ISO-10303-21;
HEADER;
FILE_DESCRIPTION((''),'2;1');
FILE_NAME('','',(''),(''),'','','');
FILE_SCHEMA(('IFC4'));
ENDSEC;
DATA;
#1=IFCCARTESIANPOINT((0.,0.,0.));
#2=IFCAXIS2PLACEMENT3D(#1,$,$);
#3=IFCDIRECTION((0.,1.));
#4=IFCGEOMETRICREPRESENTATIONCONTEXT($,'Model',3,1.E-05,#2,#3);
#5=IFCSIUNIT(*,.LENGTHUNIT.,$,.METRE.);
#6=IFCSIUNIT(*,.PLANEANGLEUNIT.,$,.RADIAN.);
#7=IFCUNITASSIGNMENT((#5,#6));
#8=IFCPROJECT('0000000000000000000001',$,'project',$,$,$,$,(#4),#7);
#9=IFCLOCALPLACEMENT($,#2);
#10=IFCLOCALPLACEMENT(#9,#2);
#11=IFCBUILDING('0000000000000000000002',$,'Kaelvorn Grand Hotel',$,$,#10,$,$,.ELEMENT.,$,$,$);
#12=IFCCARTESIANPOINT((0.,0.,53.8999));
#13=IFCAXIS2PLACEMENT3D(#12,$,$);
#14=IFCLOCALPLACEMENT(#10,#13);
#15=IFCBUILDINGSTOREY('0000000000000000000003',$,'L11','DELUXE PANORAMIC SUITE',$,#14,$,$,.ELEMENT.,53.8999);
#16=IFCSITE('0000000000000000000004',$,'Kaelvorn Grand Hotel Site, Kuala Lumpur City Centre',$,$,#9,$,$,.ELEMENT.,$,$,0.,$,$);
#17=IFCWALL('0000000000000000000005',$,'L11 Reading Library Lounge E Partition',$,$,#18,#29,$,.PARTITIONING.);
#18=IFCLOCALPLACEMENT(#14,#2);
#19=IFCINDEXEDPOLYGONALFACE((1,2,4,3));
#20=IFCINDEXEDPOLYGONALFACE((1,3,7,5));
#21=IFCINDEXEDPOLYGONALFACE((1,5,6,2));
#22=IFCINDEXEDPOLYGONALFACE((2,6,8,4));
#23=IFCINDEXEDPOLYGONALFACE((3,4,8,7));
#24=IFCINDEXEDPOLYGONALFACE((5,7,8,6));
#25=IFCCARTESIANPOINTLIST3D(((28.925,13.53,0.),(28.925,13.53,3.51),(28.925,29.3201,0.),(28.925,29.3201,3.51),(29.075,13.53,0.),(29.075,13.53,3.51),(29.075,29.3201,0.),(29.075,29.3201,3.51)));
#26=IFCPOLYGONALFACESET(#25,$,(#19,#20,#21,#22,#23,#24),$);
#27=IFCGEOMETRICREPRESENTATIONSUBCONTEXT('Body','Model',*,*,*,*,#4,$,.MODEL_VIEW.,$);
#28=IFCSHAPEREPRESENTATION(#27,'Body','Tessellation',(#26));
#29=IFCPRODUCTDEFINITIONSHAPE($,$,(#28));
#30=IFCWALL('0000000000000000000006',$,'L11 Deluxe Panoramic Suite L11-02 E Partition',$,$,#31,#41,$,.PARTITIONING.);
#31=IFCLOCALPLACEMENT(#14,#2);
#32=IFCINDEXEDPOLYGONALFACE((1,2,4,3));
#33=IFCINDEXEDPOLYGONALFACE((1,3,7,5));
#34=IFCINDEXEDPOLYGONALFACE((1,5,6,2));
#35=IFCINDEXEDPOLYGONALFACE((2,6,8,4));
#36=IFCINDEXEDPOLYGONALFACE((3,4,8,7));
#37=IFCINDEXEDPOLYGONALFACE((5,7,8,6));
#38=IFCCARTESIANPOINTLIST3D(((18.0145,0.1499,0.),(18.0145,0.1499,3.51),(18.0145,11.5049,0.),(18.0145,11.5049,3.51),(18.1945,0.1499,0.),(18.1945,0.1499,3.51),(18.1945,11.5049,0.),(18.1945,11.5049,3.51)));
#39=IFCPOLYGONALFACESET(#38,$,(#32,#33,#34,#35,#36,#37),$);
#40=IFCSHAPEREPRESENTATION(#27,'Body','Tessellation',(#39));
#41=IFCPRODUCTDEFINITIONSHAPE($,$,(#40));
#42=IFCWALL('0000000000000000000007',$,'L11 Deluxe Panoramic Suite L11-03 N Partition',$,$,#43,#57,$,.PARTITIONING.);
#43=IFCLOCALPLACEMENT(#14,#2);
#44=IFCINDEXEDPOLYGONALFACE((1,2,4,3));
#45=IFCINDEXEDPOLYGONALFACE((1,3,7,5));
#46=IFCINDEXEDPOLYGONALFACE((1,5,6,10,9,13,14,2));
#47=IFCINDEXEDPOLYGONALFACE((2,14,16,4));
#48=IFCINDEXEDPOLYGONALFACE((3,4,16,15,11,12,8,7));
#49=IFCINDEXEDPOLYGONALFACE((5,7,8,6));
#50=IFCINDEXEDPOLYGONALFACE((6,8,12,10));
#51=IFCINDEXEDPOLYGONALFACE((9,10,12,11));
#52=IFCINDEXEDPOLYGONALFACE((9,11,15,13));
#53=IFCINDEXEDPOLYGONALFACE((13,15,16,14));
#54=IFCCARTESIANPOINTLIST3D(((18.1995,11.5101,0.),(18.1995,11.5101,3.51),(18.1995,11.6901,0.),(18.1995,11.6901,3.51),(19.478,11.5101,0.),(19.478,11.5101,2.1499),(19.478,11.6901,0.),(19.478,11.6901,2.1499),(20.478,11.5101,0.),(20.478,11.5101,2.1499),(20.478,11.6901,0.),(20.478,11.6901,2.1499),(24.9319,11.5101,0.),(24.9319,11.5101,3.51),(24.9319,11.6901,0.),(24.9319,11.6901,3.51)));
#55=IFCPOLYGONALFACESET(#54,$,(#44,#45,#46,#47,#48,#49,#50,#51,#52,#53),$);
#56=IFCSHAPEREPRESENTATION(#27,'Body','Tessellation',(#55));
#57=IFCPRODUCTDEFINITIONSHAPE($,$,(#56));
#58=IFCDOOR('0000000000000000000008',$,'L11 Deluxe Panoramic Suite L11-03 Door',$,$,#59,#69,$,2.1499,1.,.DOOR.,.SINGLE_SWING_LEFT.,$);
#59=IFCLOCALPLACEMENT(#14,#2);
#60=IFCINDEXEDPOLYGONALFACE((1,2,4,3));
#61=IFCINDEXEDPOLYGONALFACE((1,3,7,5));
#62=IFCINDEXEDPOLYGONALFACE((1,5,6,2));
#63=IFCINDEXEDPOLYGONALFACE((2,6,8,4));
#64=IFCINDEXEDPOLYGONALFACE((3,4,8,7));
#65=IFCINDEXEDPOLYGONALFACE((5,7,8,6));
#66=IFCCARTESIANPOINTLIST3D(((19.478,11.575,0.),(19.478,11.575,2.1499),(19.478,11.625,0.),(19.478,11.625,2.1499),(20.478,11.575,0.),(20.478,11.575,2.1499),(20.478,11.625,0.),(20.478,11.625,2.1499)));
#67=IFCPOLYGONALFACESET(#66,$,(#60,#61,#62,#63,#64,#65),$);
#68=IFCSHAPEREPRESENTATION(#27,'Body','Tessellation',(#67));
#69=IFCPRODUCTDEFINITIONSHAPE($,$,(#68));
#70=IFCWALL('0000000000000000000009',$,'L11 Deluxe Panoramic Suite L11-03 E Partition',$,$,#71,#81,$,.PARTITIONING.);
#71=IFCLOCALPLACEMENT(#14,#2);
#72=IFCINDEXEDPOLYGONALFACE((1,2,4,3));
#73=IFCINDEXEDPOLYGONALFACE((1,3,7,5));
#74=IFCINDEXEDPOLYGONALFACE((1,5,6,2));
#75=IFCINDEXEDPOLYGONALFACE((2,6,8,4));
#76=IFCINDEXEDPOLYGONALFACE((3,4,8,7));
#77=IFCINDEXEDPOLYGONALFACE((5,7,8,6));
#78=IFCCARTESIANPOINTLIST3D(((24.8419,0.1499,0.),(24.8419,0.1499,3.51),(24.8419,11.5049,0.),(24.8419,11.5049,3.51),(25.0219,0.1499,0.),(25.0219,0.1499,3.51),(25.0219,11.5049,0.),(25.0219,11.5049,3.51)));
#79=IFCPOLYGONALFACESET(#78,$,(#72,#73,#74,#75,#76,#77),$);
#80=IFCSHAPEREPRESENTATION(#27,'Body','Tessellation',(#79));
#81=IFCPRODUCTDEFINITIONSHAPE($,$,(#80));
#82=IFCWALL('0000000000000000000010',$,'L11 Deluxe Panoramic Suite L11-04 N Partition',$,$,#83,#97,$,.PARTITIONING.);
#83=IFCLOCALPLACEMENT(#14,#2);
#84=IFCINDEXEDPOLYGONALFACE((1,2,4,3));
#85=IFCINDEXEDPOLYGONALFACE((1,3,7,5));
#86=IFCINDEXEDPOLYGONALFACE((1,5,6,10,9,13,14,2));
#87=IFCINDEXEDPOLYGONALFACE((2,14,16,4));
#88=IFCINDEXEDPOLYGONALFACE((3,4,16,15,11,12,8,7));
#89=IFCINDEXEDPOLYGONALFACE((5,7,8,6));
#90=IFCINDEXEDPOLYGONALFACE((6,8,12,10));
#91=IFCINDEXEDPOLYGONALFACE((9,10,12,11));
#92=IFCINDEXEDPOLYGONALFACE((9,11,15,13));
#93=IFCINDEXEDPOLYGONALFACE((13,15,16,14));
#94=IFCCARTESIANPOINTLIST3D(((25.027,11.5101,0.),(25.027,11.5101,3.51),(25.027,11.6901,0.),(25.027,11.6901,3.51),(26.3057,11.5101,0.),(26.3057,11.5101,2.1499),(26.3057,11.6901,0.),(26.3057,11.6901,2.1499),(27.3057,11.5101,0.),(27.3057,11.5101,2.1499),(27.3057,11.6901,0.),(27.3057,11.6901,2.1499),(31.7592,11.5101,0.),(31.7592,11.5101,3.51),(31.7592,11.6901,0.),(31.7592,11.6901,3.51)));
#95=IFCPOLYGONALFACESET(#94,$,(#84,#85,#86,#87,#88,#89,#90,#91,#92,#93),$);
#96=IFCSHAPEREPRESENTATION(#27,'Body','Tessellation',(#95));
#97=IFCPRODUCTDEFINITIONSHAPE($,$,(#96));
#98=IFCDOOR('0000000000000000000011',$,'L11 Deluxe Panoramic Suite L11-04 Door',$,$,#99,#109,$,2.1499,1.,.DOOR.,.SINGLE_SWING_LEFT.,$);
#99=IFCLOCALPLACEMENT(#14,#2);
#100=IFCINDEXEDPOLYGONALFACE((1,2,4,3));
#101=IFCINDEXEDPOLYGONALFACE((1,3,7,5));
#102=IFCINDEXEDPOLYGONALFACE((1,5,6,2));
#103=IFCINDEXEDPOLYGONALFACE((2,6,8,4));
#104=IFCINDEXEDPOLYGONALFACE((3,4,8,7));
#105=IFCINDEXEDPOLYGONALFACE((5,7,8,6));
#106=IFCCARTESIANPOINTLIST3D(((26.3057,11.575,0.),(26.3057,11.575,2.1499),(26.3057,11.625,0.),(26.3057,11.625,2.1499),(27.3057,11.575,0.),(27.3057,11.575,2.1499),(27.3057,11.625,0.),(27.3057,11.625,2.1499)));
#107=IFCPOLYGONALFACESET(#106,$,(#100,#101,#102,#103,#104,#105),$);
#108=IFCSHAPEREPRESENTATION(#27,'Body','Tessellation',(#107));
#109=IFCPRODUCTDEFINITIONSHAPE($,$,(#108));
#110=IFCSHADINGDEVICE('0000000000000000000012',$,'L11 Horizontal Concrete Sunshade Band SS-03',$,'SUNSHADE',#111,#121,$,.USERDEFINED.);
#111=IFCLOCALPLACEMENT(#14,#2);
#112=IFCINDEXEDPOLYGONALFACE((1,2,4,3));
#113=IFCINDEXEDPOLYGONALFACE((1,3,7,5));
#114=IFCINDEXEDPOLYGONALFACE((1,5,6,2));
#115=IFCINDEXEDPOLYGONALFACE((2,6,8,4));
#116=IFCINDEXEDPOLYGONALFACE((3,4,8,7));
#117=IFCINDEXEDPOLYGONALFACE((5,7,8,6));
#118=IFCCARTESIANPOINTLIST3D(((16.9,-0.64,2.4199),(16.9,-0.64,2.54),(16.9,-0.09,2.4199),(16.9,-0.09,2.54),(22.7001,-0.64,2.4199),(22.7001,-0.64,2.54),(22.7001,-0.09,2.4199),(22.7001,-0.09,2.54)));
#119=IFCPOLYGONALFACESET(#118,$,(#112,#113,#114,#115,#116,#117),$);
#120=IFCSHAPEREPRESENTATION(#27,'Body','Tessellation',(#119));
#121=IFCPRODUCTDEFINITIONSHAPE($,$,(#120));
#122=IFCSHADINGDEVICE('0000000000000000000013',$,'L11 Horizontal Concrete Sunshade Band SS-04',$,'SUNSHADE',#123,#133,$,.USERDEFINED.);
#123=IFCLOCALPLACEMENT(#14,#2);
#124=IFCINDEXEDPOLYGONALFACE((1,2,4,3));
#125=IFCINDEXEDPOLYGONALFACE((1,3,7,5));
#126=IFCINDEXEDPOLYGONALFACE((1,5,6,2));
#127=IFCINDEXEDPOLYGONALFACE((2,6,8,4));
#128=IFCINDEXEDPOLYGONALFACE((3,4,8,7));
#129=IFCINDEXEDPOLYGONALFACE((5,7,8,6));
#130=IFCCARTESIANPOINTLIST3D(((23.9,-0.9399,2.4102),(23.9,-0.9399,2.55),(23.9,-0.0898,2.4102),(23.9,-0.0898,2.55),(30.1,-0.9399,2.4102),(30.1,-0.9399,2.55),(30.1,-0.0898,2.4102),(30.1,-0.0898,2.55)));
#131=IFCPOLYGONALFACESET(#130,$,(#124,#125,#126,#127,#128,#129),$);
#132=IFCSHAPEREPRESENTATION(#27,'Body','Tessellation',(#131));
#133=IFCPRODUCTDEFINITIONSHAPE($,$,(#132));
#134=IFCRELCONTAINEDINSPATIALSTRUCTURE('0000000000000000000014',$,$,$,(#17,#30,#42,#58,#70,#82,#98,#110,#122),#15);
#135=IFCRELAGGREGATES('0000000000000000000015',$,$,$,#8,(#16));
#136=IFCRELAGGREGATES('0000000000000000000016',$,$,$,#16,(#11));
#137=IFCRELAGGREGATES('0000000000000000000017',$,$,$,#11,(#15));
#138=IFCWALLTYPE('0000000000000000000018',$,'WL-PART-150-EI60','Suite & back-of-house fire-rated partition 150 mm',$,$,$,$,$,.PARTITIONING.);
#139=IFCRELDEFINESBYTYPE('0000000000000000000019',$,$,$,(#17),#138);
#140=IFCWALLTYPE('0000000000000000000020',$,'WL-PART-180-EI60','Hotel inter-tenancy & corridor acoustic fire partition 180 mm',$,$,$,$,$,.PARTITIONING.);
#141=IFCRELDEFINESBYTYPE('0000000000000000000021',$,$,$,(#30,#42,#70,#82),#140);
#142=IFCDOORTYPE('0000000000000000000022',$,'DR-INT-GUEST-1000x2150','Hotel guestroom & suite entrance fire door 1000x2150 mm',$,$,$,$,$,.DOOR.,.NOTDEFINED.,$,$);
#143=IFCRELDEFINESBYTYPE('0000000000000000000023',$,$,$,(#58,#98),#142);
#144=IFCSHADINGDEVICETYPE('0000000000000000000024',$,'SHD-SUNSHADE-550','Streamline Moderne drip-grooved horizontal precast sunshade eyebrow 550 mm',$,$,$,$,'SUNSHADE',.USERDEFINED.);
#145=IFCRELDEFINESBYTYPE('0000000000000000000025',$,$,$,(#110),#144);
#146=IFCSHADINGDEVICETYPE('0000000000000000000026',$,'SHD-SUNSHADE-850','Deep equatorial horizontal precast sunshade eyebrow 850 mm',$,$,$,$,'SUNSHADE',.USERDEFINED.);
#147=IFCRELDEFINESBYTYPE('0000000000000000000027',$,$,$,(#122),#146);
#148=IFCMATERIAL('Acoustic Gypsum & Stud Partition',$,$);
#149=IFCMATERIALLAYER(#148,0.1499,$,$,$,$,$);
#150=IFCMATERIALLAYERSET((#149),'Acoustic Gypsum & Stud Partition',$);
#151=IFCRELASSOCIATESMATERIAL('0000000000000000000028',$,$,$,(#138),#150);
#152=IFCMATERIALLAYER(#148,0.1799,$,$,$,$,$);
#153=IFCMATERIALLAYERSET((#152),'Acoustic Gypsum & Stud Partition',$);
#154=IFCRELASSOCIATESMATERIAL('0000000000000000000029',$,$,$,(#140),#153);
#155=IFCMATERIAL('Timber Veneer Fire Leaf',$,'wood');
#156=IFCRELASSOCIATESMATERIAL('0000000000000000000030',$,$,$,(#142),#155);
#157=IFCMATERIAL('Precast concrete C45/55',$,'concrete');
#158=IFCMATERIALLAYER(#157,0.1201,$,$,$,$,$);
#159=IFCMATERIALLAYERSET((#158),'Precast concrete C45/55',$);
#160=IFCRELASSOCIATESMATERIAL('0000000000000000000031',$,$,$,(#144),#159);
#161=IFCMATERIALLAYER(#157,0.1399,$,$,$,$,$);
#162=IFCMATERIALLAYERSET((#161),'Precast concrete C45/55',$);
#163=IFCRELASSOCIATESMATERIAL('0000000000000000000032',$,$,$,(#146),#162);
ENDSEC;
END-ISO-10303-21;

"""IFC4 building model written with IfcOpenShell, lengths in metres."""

from ifc_helpers import new_model, si_unit, direction, frame, frame_2d, origin, origin_2d, place, context, subcontext, project, spatial, rectangle, extrude, material, layer, layer_set, type_object, element, fill, save


model = new_model("IFC4")

# Units and contexts
model_context = context("Model", 3, precision=1e-05, world=origin(), true_north=direction((0.0, 1.0)))
body_context = subcontext(model_context, "Body", "Model", "MODEL_VIEW")
ifc_project = project(units=[si_unit("LENGTHUNIT", "METRE"), si_unit("PLANEANGLEUNIT", "RADIAN")], contexts=[model_context])

# Site, building, storey
site_placement = place(None, origin())
site = spatial("IfcSite", under=ifc_project, at=site_placement, Name="Kaelvorn Grand Hotel Site, Kuala Lumpur City Centre", CompositionType="ELEMENT", RefElevation=0.0)
building_placement = place(site_placement, origin())
building = spatial("IfcBuilding", under=site, at=building_placement, Name="Kaelvorn Grand Hotel", CompositionType="ELEMENT")
storey_placement = place(building_placement, frame((0.0, 0.0, 53.8999)))
storey = spatial("IfcBuildingStorey", under=building, at=storey_placement, Name="L11", Description="DELUXE PANORAMIC SUITE", CompositionType="ELEMENT", Elevation=53.8999)

# Walls
ifc_material_1 = material(Name="Acoustic Gypsum & Stud Partition")
ifc_layer_1 = layer(ifc_material_1, 0.1499)
ifc_layer_set_1 = layer_set([ifc_layer_1], Name="Acoustic Gypsum & Stud Partition")
wall_type_1 = type_object("IfcWallType", Name="WL-PART-150-EI60", Description="Suite & back-of-house fire-rated partition 150 mm", PredefinedType="PARTITIONING", material=ifc_layer_set_1)
wall_1_placement = place(storey_placement, frame((29.0, 13.53, 0.0), z_axis=(0.0, 0.0, 1.0), x_axis=(0.0, 1.0, 0.0)))
element("IfcWall", 1, at=wall_1_placement, inside=storey, type_object=wall_type_1, Name="L11 Reading Library Lounge E Partition", PredefinedType="PARTITIONING", context=body_context, shape_type="SweptSolid", body=[
    extrude(rectangle(XDim=15.79, YDim=0.1499, at=frame_2d((7.895, 0.0))), origin(), (0.0, 0.0, 1.0), 3.51),
])
ifc_layer_2 = layer(ifc_material_1, 0.1799)
ifc_layer_set_2 = layer_set([ifc_layer_2], Name="Acoustic Gypsum & Stud Partition")
wall_type_2 = type_object("IfcWallType", Name="WL-PART-180-EI60", Description="Hotel inter-tenancy & corridor acoustic fire partition 180 mm", PredefinedType="PARTITIONING", material=ifc_layer_set_2)
wall_2_placement = place(storey_placement, frame((18.1045, 0.1499, 0.0), z_axis=(0.0, 0.0, 1.0), x_axis=(0.0, 1.0, 0.0)))
element("IfcWall", 2, at=wall_2_placement, inside=storey, type_object=wall_type_2, Name="L11 Deluxe Panoramic Suite L11-02 E Partition", PredefinedType="PARTITIONING", context=body_context, shape_type="SweptSolid", body=[
    extrude(rectangle(XDim=11.355, YDim=0.1799, at=frame_2d((5.6775, 0.0))), origin(), (0.0, 0.0, 1.0), 3.51),
])

# Wall, opening, door
wall_3_placement = place(storey_placement, frame((18.1995, 11.6001, 0.0), z_axis=(0.0, 0.0, 1.0), x_axis=(1.0, 0.0, 0.0)))
wall_3 = element("IfcWall", 3, at=wall_3_placement, inside=storey, type_object=wall_type_2, Name="L11 Deluxe Panoramic Suite L11-03 N Partition", PredefinedType="PARTITIONING", context=body_context, shape_type="SweptSolid", body=[
    extrude(rectangle(XDim=6.7324, YDim=0.1799, at=frame_2d((3.3662, 0.0))), origin(), (0.0, 0.0, 1.0), 3.51),
])
opening_1_placement = place(wall_3_placement, frame((1.2786, 0.0, 0.0)))
opening_1 = element("IfcOpeningElement", 4, at=opening_1_placement, cuts=wall_3, PredefinedType="OPENING", context=body_context, shape_type="SweptSolid", body=[
    extrude(rectangle(XDim=1.0, YDim=2.1499, at=frame_2d((0.5, 1.075))), frame((0.0, 0.1001, 0.0), z_axis=(0.0, -1.0, 0.0), x_axis=(1.0, 0.0, 0.0)), (0.0, 0.0, 1.0), 0.2),
])
ifc_material_2 = material(Name="Timber Veneer Fire Leaf", Category="wood")
door_type_1 = type_object("IfcDoorType", Name="DR-INT-GUEST-1000x2150", Description="Hotel guestroom & suite entrance fire door 1000x2150 mm", OperationType="NOTDEFINED", PredefinedType="DOOR", material=ifc_material_2)
door_1_placement = place(opening_1_placement, origin())
door_1 = element("IfcDoor", 5, at=door_1_placement, inside=storey, type_object=door_type_1, Name="L11 Deluxe Panoramic Suite L11-03 Door", OperationType="SINGLE_SWING_LEFT", OverallHeight=2.1499, OverallWidth=1.0, PredefinedType="DOOR", context=body_context, shape_type="SweptSolid", body=[
    extrude(rectangle(XDim=1.0, YDim=2.1499, at=frame_2d((0.5, 1.075))), frame((0.0, 0.0249, 0.0), z_axis=(0.0, -1.0, 0.0), x_axis=(1.0, 0.0, 0.0)), (0.0, 0.0, 1.0), 0.05),
])
fill(opening_1, door_1)

# Wall
wall_4_placement = place(storey_placement, frame((24.9319, 0.1499, 0.0), z_axis=(0.0, 0.0, 1.0), x_axis=(0.0, 1.0, 0.0)))
element("IfcWall", 6, at=wall_4_placement, inside=storey, type_object=wall_type_2, Name="L11 Deluxe Panoramic Suite L11-03 E Partition", PredefinedType="PARTITIONING", context=body_context, shape_type="SweptSolid", body=[
    extrude(rectangle(XDim=11.355, YDim=0.1799, at=frame_2d((5.6775, 0.0))), origin(), (0.0, 0.0, 1.0), 3.51),
])

# Wall, opening, door
wall_5_placement = place(storey_placement, frame((25.0269, 11.6001, 0.0), z_axis=(0.0, 0.0, 1.0), x_axis=(1.0, 0.0, 0.0)))
wall_5 = element("IfcWall", 7, at=wall_5_placement, inside=storey, type_object=wall_type_2, Name="L11 Deluxe Panoramic Suite L11-04 N Partition", PredefinedType="PARTITIONING", context=body_context, shape_type="SweptSolid", body=[
    extrude(rectangle(XDim=6.7322, YDim=0.1799, at=frame_2d((3.3662, 0.0))), origin(), (0.0, 0.0, 1.0), 3.51),
])
opening_2_placement = place(wall_5_placement, frame((1.2788, 0.0, 0.0)))
opening_2 = element("IfcOpeningElement", 8, at=opening_2_placement, cuts=wall_5, PredefinedType="OPENING", context=body_context, shape_type="SweptSolid", body=[
    extrude(rectangle(XDim=1.0, YDim=2.1499, at=frame_2d((0.5, 1.075))), frame((0.0, 0.1001, 0.0), z_axis=(0.0, -1.0, 0.0), x_axis=(1.0, 0.0, 0.0)), (0.0, 0.0, 1.0), 0.2),
])
door_2_placement = place(opening_2_placement, origin())
door_2 = element("IfcDoor", 9, at=door_2_placement, inside=storey, type_object=door_type_1, Name="L11 Deluxe Panoramic Suite L11-04 Door", OperationType="SINGLE_SWING_LEFT", OverallHeight=2.1499, OverallWidth=1.0, PredefinedType="DOOR", context=body_context, shape_type="SweptSolid", body=[
    extrude(rectangle(XDim=1.0, YDim=2.1499, at=frame_2d((0.5, 1.075))), frame((0.0, 0.0249, 0.0), z_axis=(0.0, -1.0, 0.0), x_axis=(1.0, 0.0, 0.0)), (0.0, 0.0, 1.0), 0.05),
])
fill(opening_2, door_2)

# Shading devices
ifc_material_3 = material(Name="Precast concrete C45/55", Category="concrete")
ifc_layer_3 = layer(ifc_material_3, 0.1201)
ifc_layer_set_3 = layer_set([ifc_layer_3], Name="Precast concrete C45/55")
shading_device_type_1 = type_object("IfcShadingDeviceType", Name="SHD-SUNSHADE-550", Description="Streamline Moderne drip-grooved horizontal precast sunshade eyebrow 550 mm", ElementType="SUNSHADE", PredefinedType="USERDEFINED", material=ifc_layer_set_3)
shading_device_1_placement = place(storey_placement, frame((19.8, -0.365, 2.4199), z_axis=(0.0, 0.0, 1.0), x_axis=(1.0, 0.0, 0.0)))
element("IfcShadingDevice", 10, at=shading_device_1_placement, inside=storey, type_object=shading_device_type_1, Name="L11 Horizontal Concrete Sunshade Band SS-03", ObjectType="SUNSHADE", PredefinedType="USERDEFINED", context=body_context, shape_type="SweptSolid", body=[
    extrude(rectangle(XDim=5.8, YDim=0.55, at=origin_2d()), origin(), (0.0, 0.0, 1.0), 0.1201),
])
ifc_layer_4 = layer(ifc_material_3, 0.1399)
ifc_layer_set_4 = layer_set([ifc_layer_4], Name="Precast concrete C45/55")
shading_device_type_2 = type_object("IfcShadingDeviceType", Name="SHD-SUNSHADE-850", Description="Deep equatorial horizontal precast sunshade eyebrow 850 mm", ElementType="SUNSHADE", PredefinedType="USERDEFINED", material=ifc_layer_set_4)
shading_device_2_placement = place(storey_placement, frame((27.0, -0.5149, 2.4102), z_axis=(0.0, 0.0, 1.0), x_axis=(1.0, 0.0, 0.0)))
element("IfcShadingDevice", 11, at=shading_device_2_placement, inside=storey, type_object=shading_device_type_2, Name="L11 Horizontal Concrete Sunshade Band SS-04", ObjectType="SUNSHADE", PredefinedType="USERDEFINED", context=body_context, shape_type="SweptSolid", body=[
    extrude(rectangle(XDim=6.2, YDim=0.8501, at=origin_2d()), origin(), (0.0, 0.0, 1.0), 0.1399),
])

save(model, "model.ifc")
